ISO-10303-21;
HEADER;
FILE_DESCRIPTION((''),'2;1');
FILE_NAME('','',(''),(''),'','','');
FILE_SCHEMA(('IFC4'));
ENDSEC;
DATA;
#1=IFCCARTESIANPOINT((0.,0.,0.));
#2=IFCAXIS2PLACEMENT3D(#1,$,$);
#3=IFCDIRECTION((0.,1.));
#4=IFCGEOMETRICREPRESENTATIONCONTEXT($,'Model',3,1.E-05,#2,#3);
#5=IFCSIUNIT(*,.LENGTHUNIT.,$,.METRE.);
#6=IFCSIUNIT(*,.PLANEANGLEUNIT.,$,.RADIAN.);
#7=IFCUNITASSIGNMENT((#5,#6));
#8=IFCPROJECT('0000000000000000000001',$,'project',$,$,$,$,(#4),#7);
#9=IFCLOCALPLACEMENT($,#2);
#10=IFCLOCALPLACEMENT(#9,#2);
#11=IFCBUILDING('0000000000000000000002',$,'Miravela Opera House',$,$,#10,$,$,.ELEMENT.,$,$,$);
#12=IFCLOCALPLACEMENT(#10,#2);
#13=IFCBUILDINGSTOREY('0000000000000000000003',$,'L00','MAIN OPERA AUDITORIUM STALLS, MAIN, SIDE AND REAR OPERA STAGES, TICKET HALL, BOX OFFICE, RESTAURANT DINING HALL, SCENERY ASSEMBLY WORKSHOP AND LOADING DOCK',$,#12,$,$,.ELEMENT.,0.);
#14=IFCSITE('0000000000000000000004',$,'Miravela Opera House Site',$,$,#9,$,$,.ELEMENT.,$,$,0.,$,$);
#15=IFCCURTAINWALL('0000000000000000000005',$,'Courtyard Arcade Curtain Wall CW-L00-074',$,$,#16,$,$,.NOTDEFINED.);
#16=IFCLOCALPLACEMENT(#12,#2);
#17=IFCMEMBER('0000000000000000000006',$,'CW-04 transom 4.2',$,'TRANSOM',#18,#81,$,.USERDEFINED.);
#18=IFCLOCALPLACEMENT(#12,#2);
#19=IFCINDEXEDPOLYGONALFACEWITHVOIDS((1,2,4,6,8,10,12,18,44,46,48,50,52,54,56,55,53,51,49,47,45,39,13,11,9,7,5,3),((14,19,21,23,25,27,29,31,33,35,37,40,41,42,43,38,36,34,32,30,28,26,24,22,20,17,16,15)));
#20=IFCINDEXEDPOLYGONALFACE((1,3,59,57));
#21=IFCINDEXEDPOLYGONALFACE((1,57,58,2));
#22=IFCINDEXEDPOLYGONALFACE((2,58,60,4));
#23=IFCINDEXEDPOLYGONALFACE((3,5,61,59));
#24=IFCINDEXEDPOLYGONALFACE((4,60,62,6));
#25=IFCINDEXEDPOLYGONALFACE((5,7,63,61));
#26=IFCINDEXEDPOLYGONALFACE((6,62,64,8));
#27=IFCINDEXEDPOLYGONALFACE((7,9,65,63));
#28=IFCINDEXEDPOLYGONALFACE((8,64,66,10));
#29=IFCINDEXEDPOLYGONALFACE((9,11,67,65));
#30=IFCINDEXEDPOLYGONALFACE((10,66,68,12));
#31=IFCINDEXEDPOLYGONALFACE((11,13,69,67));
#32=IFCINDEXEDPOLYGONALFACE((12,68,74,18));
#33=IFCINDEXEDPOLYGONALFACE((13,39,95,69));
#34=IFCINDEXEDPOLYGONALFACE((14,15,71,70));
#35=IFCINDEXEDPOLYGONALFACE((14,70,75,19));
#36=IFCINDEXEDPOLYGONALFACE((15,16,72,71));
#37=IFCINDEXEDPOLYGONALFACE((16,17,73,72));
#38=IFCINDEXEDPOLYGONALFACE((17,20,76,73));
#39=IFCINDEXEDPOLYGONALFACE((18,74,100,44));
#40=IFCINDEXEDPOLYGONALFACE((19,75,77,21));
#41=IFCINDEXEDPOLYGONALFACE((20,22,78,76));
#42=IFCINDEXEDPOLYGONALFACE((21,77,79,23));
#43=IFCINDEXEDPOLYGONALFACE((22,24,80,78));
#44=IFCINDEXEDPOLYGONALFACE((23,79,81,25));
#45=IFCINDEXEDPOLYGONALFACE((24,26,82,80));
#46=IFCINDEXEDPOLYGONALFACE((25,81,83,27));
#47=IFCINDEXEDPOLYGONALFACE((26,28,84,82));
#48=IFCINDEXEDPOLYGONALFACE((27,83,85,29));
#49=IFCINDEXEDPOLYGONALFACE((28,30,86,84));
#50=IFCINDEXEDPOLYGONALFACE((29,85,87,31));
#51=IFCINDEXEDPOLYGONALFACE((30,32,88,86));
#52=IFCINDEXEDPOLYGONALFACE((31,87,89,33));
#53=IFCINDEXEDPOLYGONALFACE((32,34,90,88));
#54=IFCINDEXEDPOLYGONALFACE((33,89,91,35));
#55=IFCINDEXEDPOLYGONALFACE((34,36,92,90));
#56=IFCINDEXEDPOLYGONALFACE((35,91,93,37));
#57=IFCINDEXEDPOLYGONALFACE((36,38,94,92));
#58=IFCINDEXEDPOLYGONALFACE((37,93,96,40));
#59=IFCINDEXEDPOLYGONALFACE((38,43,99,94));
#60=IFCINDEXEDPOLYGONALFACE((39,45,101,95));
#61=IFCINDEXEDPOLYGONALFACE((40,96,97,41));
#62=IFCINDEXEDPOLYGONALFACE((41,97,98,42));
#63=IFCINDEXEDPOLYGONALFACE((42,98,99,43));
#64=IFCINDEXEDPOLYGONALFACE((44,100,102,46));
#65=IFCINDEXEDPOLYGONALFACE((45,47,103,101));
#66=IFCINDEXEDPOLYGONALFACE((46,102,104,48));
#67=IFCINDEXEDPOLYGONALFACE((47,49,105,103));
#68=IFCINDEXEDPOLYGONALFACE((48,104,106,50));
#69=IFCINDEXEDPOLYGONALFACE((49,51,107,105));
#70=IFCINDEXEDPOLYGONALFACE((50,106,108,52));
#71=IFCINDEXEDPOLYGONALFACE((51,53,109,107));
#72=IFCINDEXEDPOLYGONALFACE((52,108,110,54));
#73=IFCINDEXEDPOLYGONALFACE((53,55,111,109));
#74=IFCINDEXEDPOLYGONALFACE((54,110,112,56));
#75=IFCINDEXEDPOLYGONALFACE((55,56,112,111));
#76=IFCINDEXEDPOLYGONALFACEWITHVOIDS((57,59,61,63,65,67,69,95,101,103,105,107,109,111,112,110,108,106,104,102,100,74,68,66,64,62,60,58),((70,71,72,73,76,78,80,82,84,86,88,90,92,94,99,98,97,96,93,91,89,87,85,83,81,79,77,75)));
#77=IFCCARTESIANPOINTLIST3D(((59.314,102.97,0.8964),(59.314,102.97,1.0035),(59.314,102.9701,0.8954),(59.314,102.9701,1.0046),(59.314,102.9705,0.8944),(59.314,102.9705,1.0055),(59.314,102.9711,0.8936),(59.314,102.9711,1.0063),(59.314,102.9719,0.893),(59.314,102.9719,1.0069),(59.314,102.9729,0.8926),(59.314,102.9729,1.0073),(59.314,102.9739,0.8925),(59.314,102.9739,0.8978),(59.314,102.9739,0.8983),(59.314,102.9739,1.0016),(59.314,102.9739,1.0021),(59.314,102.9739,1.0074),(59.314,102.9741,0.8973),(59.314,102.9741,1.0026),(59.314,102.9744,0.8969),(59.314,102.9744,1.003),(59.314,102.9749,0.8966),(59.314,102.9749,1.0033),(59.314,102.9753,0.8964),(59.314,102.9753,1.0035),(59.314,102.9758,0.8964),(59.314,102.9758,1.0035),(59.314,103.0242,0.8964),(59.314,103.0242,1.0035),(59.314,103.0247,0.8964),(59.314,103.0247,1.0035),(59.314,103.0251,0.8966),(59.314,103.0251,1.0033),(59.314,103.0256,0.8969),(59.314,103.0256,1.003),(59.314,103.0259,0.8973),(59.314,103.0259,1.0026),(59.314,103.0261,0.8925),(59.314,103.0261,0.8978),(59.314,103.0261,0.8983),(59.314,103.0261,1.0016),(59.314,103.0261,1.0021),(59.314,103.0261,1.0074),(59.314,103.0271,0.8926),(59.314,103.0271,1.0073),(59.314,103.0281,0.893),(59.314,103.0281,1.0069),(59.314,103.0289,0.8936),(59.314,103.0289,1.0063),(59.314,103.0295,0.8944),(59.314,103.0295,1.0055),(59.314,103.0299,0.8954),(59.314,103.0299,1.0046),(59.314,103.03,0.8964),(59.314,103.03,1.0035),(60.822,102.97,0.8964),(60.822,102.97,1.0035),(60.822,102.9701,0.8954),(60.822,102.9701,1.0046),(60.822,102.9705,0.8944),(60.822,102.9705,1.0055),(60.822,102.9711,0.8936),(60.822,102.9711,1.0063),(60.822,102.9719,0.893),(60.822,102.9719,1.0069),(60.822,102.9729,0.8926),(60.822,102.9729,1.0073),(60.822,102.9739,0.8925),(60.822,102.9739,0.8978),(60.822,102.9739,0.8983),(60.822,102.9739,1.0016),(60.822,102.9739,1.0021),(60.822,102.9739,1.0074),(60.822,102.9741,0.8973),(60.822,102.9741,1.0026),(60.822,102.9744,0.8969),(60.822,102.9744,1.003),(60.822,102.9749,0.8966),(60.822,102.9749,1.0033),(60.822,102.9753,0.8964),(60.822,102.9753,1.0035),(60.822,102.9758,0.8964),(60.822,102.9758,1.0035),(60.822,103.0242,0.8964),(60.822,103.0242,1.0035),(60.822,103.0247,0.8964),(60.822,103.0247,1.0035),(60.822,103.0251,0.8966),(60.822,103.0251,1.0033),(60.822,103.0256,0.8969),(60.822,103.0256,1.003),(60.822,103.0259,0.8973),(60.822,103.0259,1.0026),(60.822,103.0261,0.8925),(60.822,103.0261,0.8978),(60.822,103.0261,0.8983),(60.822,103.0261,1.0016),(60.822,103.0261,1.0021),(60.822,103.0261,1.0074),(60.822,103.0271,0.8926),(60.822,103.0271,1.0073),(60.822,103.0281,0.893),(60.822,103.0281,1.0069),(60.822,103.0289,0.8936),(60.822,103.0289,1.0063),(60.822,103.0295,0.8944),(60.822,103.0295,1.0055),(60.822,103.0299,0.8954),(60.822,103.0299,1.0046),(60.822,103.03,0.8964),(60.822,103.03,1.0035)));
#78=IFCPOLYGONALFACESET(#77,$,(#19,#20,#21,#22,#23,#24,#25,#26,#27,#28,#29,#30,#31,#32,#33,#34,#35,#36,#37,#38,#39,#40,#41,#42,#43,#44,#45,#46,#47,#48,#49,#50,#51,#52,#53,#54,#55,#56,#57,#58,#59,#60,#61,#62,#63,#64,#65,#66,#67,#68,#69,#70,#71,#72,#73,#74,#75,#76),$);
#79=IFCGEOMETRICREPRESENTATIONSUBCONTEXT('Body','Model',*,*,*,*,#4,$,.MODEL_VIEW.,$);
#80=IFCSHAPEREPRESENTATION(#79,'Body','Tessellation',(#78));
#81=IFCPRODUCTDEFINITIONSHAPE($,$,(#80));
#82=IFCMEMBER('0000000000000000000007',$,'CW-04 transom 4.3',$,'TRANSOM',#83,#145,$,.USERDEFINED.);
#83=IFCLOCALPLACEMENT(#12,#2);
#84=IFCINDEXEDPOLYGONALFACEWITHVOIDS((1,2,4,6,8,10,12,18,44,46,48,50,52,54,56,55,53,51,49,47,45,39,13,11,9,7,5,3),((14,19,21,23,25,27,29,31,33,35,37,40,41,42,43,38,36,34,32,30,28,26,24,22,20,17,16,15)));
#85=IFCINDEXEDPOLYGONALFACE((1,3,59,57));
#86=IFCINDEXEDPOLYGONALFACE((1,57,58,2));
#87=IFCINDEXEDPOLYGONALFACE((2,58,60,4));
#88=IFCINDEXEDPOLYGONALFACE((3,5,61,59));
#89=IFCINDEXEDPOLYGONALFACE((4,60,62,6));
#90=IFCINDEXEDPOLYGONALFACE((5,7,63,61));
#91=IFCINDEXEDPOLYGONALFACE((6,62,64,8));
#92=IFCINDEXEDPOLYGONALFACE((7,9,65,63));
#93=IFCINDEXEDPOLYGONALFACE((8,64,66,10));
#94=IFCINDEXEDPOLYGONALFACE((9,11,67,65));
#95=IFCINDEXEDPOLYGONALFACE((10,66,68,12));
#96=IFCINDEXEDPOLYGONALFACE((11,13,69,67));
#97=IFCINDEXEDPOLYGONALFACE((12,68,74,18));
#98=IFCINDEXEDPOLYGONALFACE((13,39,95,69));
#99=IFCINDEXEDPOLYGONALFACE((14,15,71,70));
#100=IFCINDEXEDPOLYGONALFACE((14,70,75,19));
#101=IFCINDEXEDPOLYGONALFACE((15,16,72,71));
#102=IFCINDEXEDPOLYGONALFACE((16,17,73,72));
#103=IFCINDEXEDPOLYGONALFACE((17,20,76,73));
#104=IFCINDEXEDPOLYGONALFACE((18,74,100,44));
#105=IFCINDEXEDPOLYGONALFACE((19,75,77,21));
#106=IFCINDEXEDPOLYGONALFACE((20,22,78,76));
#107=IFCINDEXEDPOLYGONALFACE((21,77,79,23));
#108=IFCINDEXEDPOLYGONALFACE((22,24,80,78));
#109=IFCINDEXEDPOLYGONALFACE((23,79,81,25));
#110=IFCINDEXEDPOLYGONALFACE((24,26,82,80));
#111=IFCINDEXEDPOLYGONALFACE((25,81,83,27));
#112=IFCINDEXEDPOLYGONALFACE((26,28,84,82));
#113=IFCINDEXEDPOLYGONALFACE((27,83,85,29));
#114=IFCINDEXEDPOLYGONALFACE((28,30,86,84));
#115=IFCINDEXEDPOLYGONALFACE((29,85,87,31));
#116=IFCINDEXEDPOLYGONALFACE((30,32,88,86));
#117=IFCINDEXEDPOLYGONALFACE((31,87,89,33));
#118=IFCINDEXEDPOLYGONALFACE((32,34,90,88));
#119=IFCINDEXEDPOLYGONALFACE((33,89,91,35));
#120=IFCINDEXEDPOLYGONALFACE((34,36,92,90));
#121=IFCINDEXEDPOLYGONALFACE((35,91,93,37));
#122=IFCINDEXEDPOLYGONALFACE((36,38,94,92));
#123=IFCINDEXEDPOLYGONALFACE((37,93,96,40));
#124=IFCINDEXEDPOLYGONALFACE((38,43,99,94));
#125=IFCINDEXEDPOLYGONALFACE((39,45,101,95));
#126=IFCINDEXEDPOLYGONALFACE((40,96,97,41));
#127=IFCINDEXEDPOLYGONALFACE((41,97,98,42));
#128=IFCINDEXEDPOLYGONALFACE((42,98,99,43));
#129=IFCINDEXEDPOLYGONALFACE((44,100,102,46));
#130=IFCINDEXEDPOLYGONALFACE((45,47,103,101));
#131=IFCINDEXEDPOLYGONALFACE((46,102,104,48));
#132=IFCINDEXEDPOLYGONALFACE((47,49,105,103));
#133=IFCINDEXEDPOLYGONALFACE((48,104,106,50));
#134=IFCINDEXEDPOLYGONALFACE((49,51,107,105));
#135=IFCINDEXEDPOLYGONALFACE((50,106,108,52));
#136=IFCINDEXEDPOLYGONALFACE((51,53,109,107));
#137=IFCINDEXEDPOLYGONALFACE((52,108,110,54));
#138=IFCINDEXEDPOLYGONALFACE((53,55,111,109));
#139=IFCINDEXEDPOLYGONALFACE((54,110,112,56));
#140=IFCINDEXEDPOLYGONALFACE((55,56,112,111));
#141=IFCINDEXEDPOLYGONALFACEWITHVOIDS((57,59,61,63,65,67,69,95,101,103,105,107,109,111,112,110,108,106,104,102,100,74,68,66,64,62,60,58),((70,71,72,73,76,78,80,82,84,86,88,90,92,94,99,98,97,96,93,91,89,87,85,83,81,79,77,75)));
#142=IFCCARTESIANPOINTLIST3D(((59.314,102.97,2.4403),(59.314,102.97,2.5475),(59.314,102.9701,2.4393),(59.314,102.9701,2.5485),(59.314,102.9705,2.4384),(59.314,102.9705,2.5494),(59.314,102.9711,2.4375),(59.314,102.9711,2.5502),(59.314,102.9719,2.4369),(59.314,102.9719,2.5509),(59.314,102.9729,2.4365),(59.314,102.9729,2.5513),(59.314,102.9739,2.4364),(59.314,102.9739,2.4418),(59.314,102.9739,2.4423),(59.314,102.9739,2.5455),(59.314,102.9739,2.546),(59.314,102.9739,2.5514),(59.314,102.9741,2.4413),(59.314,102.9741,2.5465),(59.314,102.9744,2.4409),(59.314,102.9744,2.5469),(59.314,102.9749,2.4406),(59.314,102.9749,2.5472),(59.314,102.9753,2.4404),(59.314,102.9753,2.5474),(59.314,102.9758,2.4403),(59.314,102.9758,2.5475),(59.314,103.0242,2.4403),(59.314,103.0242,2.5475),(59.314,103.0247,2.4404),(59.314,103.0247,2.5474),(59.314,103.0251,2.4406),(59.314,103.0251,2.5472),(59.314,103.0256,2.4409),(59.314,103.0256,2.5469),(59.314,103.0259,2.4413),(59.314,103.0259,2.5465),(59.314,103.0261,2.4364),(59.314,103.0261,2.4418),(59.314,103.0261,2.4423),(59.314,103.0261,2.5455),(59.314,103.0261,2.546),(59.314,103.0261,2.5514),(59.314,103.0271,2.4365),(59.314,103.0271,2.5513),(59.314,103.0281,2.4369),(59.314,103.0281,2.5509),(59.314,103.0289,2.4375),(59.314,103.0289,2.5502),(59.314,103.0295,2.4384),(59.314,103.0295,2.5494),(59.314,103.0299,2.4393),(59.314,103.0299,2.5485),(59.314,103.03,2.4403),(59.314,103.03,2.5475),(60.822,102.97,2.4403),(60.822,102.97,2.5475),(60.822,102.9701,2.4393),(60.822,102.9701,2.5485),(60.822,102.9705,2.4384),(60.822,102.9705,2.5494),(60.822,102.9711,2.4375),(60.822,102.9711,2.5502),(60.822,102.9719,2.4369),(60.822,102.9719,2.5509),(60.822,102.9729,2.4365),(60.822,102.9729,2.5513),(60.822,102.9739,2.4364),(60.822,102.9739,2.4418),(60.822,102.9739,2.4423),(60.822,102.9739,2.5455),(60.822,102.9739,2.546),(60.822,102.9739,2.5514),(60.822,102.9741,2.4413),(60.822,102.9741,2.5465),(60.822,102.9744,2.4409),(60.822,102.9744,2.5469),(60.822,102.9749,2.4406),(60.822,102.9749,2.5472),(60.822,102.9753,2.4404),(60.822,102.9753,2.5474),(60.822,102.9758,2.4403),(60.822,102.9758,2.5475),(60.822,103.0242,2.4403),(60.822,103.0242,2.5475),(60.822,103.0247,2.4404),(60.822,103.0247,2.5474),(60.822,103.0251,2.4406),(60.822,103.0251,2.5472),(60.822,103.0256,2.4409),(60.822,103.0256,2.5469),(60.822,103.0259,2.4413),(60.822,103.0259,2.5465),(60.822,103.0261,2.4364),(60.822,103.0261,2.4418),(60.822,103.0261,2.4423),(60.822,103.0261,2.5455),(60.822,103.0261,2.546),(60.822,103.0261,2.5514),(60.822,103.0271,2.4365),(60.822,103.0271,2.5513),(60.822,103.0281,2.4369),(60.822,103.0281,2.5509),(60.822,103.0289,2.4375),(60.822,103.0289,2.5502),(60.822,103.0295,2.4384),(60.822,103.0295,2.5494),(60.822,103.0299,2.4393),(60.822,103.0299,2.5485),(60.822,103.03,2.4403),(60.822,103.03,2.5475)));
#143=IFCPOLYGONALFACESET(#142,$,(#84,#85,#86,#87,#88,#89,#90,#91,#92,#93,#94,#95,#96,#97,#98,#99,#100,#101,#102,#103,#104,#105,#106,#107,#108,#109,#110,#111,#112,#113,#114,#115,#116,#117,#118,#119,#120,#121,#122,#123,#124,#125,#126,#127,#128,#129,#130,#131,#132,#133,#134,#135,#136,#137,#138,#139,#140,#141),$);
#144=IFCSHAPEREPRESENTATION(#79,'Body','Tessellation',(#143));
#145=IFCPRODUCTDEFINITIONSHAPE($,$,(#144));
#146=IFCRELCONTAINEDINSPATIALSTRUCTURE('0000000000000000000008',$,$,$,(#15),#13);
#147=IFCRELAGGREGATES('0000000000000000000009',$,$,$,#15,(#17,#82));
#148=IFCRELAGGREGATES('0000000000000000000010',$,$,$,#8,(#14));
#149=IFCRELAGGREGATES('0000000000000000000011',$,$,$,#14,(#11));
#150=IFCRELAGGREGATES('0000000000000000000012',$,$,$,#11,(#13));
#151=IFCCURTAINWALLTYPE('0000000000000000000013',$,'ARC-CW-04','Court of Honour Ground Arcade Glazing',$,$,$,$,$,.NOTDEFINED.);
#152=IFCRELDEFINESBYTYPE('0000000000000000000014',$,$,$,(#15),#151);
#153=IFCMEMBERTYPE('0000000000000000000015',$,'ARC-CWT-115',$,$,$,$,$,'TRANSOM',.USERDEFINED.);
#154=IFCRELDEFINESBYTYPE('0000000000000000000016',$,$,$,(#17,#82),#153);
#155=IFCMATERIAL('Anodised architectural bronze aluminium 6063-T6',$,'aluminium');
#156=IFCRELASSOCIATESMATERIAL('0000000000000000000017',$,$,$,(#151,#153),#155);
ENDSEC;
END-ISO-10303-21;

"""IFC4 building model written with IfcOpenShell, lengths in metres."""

from ifc_helpers import new_model, si_unit, direction, frame, origin, origin_2d, place, context, subcontext, project, spatial, hollow_rectangle, extrude, material, material_profile, profile_set, type_object, element, aggregate, save


model = new_model("IFC4")

# Units and contexts
model_context = context("Model", 3, precision=1e-05, world=origin(), true_north=direction((0.0, 1.0)))
body_context = subcontext(model_context, "Body", "Model", "MODEL_VIEW")
ifc_project = project(units=[si_unit("LENGTHUNIT", "METRE"), si_unit("PLANEANGLEUNIT", "RADIAN")], contexts=[model_context])

# Site, building, storey
site_placement = place(None, origin())
site = spatial("IfcSite", under=ifc_project, at=site_placement, Name="Miravela Opera House Site", CompositionType="ELEMENT", RefElevation=0.0)
building_placement = place(site_placement, origin())
building = spatial("IfcBuilding", under=site, at=building_placement, Name="Miravela Opera House", CompositionType="ELEMENT")
storey_placement = place(building_placement, origin())
storey = spatial("IfcBuildingStorey", under=building, at=storey_placement, Name="L00", Description="MAIN OPERA AUDITORIUM STALLS, MAIN, SIDE AND REAR OPERA STAGES, TICKET HALL, BOX OFFICE, RESTAURANT DINING HALL, SCENERY ASSEMBLY WORKSHOP AND LOADING DOCK", CompositionType="ELEMENT", Elevation=0.0)

# Shared definitions
ifc_material_1 = material(Name="Anodised architectural bronze aluminium 6063-T6", Category="aluminium")
curtain_wall_type = type_object("IfcCurtainWallType", Name="ARC-CW-04", Description="Court of Honour Ground Arcade Glazing", PredefinedType="NOTDEFINED", material=ifc_material_1)

# Curtain wall, members
curtain_wall_1_placement = place(storey_placement, origin())
curtain_wall_1 = element("IfcCurtainWall", 1, at=curtain_wall_1_placement, inside=storey, type_object=curtain_wall_type, Name="Courtyard Arcade Curtain Wall CW-L00-074", PredefinedType="NOTDEFINED")
ifc_material_profile_1 = material_profile(ifc_material_1, hollow_rectangle(XDim=0.0601, YDim=0.115, WallThickness=0.0039, InnerFilletRadius=0.002, OuterFilletRadius=0.0039, at=origin_2d()), Name="CWT-60X115")
ifc_profile_set_1 = profile_set([ifc_material_profile_1])
member_type_1 = type_object("IfcMemberType", Name="ARC-CWT-115", ElementType="TRANSOM", PredefinedType="USERDEFINED", material=ifc_profile_set_1)
member_1_placement = place(storey_placement, frame((59.314, 103.0, 0.95), z_axis=(1.0, 0.0, 0.0), x_axis=(0.0, 1.0, 0.0)))
member_1 = element("IfcMember", 2, at=member_1_placement, type_object=member_type_1, Name="CW-04 transom 4.2", ObjectType="TRANSOM", PredefinedType="USERDEFINED", context=body_context, shape_type="SweptSolid", body=[
    extrude(hollow_rectangle(XDim=0.0601, YDim=0.115, WallThickness=0.0039, InnerFilletRadius=0.002, OuterFilletRadius=0.0039, at=origin_2d()), origin(), (0.0, 0.0, 1.0), 1.5081),
])
member_2_placement = place(storey_placement, frame((59.314, 103.0, 2.4939), z_axis=(1.0, 0.0, 0.0), x_axis=(0.0, 1.0, 0.0)))
member_2 = element("IfcMember", 3, at=member_2_placement, type_object=member_type_1, Name="CW-04 transom 4.3", ObjectType="TRANSOM", PredefinedType="USERDEFINED", context=body_context, shape_type="SweptSolid", body=[
    extrude(hollow_rectangle(XDim=0.0601, YDim=0.115, WallThickness=0.0039, InnerFilletRadius=0.002, OuterFilletRadius=0.0039, at=origin_2d()), origin(), (0.0, 0.0, 1.0), 1.5081),
])

aggregate(curtain_wall_1, [member_1, member_2])

save(model, "model.ifc")
